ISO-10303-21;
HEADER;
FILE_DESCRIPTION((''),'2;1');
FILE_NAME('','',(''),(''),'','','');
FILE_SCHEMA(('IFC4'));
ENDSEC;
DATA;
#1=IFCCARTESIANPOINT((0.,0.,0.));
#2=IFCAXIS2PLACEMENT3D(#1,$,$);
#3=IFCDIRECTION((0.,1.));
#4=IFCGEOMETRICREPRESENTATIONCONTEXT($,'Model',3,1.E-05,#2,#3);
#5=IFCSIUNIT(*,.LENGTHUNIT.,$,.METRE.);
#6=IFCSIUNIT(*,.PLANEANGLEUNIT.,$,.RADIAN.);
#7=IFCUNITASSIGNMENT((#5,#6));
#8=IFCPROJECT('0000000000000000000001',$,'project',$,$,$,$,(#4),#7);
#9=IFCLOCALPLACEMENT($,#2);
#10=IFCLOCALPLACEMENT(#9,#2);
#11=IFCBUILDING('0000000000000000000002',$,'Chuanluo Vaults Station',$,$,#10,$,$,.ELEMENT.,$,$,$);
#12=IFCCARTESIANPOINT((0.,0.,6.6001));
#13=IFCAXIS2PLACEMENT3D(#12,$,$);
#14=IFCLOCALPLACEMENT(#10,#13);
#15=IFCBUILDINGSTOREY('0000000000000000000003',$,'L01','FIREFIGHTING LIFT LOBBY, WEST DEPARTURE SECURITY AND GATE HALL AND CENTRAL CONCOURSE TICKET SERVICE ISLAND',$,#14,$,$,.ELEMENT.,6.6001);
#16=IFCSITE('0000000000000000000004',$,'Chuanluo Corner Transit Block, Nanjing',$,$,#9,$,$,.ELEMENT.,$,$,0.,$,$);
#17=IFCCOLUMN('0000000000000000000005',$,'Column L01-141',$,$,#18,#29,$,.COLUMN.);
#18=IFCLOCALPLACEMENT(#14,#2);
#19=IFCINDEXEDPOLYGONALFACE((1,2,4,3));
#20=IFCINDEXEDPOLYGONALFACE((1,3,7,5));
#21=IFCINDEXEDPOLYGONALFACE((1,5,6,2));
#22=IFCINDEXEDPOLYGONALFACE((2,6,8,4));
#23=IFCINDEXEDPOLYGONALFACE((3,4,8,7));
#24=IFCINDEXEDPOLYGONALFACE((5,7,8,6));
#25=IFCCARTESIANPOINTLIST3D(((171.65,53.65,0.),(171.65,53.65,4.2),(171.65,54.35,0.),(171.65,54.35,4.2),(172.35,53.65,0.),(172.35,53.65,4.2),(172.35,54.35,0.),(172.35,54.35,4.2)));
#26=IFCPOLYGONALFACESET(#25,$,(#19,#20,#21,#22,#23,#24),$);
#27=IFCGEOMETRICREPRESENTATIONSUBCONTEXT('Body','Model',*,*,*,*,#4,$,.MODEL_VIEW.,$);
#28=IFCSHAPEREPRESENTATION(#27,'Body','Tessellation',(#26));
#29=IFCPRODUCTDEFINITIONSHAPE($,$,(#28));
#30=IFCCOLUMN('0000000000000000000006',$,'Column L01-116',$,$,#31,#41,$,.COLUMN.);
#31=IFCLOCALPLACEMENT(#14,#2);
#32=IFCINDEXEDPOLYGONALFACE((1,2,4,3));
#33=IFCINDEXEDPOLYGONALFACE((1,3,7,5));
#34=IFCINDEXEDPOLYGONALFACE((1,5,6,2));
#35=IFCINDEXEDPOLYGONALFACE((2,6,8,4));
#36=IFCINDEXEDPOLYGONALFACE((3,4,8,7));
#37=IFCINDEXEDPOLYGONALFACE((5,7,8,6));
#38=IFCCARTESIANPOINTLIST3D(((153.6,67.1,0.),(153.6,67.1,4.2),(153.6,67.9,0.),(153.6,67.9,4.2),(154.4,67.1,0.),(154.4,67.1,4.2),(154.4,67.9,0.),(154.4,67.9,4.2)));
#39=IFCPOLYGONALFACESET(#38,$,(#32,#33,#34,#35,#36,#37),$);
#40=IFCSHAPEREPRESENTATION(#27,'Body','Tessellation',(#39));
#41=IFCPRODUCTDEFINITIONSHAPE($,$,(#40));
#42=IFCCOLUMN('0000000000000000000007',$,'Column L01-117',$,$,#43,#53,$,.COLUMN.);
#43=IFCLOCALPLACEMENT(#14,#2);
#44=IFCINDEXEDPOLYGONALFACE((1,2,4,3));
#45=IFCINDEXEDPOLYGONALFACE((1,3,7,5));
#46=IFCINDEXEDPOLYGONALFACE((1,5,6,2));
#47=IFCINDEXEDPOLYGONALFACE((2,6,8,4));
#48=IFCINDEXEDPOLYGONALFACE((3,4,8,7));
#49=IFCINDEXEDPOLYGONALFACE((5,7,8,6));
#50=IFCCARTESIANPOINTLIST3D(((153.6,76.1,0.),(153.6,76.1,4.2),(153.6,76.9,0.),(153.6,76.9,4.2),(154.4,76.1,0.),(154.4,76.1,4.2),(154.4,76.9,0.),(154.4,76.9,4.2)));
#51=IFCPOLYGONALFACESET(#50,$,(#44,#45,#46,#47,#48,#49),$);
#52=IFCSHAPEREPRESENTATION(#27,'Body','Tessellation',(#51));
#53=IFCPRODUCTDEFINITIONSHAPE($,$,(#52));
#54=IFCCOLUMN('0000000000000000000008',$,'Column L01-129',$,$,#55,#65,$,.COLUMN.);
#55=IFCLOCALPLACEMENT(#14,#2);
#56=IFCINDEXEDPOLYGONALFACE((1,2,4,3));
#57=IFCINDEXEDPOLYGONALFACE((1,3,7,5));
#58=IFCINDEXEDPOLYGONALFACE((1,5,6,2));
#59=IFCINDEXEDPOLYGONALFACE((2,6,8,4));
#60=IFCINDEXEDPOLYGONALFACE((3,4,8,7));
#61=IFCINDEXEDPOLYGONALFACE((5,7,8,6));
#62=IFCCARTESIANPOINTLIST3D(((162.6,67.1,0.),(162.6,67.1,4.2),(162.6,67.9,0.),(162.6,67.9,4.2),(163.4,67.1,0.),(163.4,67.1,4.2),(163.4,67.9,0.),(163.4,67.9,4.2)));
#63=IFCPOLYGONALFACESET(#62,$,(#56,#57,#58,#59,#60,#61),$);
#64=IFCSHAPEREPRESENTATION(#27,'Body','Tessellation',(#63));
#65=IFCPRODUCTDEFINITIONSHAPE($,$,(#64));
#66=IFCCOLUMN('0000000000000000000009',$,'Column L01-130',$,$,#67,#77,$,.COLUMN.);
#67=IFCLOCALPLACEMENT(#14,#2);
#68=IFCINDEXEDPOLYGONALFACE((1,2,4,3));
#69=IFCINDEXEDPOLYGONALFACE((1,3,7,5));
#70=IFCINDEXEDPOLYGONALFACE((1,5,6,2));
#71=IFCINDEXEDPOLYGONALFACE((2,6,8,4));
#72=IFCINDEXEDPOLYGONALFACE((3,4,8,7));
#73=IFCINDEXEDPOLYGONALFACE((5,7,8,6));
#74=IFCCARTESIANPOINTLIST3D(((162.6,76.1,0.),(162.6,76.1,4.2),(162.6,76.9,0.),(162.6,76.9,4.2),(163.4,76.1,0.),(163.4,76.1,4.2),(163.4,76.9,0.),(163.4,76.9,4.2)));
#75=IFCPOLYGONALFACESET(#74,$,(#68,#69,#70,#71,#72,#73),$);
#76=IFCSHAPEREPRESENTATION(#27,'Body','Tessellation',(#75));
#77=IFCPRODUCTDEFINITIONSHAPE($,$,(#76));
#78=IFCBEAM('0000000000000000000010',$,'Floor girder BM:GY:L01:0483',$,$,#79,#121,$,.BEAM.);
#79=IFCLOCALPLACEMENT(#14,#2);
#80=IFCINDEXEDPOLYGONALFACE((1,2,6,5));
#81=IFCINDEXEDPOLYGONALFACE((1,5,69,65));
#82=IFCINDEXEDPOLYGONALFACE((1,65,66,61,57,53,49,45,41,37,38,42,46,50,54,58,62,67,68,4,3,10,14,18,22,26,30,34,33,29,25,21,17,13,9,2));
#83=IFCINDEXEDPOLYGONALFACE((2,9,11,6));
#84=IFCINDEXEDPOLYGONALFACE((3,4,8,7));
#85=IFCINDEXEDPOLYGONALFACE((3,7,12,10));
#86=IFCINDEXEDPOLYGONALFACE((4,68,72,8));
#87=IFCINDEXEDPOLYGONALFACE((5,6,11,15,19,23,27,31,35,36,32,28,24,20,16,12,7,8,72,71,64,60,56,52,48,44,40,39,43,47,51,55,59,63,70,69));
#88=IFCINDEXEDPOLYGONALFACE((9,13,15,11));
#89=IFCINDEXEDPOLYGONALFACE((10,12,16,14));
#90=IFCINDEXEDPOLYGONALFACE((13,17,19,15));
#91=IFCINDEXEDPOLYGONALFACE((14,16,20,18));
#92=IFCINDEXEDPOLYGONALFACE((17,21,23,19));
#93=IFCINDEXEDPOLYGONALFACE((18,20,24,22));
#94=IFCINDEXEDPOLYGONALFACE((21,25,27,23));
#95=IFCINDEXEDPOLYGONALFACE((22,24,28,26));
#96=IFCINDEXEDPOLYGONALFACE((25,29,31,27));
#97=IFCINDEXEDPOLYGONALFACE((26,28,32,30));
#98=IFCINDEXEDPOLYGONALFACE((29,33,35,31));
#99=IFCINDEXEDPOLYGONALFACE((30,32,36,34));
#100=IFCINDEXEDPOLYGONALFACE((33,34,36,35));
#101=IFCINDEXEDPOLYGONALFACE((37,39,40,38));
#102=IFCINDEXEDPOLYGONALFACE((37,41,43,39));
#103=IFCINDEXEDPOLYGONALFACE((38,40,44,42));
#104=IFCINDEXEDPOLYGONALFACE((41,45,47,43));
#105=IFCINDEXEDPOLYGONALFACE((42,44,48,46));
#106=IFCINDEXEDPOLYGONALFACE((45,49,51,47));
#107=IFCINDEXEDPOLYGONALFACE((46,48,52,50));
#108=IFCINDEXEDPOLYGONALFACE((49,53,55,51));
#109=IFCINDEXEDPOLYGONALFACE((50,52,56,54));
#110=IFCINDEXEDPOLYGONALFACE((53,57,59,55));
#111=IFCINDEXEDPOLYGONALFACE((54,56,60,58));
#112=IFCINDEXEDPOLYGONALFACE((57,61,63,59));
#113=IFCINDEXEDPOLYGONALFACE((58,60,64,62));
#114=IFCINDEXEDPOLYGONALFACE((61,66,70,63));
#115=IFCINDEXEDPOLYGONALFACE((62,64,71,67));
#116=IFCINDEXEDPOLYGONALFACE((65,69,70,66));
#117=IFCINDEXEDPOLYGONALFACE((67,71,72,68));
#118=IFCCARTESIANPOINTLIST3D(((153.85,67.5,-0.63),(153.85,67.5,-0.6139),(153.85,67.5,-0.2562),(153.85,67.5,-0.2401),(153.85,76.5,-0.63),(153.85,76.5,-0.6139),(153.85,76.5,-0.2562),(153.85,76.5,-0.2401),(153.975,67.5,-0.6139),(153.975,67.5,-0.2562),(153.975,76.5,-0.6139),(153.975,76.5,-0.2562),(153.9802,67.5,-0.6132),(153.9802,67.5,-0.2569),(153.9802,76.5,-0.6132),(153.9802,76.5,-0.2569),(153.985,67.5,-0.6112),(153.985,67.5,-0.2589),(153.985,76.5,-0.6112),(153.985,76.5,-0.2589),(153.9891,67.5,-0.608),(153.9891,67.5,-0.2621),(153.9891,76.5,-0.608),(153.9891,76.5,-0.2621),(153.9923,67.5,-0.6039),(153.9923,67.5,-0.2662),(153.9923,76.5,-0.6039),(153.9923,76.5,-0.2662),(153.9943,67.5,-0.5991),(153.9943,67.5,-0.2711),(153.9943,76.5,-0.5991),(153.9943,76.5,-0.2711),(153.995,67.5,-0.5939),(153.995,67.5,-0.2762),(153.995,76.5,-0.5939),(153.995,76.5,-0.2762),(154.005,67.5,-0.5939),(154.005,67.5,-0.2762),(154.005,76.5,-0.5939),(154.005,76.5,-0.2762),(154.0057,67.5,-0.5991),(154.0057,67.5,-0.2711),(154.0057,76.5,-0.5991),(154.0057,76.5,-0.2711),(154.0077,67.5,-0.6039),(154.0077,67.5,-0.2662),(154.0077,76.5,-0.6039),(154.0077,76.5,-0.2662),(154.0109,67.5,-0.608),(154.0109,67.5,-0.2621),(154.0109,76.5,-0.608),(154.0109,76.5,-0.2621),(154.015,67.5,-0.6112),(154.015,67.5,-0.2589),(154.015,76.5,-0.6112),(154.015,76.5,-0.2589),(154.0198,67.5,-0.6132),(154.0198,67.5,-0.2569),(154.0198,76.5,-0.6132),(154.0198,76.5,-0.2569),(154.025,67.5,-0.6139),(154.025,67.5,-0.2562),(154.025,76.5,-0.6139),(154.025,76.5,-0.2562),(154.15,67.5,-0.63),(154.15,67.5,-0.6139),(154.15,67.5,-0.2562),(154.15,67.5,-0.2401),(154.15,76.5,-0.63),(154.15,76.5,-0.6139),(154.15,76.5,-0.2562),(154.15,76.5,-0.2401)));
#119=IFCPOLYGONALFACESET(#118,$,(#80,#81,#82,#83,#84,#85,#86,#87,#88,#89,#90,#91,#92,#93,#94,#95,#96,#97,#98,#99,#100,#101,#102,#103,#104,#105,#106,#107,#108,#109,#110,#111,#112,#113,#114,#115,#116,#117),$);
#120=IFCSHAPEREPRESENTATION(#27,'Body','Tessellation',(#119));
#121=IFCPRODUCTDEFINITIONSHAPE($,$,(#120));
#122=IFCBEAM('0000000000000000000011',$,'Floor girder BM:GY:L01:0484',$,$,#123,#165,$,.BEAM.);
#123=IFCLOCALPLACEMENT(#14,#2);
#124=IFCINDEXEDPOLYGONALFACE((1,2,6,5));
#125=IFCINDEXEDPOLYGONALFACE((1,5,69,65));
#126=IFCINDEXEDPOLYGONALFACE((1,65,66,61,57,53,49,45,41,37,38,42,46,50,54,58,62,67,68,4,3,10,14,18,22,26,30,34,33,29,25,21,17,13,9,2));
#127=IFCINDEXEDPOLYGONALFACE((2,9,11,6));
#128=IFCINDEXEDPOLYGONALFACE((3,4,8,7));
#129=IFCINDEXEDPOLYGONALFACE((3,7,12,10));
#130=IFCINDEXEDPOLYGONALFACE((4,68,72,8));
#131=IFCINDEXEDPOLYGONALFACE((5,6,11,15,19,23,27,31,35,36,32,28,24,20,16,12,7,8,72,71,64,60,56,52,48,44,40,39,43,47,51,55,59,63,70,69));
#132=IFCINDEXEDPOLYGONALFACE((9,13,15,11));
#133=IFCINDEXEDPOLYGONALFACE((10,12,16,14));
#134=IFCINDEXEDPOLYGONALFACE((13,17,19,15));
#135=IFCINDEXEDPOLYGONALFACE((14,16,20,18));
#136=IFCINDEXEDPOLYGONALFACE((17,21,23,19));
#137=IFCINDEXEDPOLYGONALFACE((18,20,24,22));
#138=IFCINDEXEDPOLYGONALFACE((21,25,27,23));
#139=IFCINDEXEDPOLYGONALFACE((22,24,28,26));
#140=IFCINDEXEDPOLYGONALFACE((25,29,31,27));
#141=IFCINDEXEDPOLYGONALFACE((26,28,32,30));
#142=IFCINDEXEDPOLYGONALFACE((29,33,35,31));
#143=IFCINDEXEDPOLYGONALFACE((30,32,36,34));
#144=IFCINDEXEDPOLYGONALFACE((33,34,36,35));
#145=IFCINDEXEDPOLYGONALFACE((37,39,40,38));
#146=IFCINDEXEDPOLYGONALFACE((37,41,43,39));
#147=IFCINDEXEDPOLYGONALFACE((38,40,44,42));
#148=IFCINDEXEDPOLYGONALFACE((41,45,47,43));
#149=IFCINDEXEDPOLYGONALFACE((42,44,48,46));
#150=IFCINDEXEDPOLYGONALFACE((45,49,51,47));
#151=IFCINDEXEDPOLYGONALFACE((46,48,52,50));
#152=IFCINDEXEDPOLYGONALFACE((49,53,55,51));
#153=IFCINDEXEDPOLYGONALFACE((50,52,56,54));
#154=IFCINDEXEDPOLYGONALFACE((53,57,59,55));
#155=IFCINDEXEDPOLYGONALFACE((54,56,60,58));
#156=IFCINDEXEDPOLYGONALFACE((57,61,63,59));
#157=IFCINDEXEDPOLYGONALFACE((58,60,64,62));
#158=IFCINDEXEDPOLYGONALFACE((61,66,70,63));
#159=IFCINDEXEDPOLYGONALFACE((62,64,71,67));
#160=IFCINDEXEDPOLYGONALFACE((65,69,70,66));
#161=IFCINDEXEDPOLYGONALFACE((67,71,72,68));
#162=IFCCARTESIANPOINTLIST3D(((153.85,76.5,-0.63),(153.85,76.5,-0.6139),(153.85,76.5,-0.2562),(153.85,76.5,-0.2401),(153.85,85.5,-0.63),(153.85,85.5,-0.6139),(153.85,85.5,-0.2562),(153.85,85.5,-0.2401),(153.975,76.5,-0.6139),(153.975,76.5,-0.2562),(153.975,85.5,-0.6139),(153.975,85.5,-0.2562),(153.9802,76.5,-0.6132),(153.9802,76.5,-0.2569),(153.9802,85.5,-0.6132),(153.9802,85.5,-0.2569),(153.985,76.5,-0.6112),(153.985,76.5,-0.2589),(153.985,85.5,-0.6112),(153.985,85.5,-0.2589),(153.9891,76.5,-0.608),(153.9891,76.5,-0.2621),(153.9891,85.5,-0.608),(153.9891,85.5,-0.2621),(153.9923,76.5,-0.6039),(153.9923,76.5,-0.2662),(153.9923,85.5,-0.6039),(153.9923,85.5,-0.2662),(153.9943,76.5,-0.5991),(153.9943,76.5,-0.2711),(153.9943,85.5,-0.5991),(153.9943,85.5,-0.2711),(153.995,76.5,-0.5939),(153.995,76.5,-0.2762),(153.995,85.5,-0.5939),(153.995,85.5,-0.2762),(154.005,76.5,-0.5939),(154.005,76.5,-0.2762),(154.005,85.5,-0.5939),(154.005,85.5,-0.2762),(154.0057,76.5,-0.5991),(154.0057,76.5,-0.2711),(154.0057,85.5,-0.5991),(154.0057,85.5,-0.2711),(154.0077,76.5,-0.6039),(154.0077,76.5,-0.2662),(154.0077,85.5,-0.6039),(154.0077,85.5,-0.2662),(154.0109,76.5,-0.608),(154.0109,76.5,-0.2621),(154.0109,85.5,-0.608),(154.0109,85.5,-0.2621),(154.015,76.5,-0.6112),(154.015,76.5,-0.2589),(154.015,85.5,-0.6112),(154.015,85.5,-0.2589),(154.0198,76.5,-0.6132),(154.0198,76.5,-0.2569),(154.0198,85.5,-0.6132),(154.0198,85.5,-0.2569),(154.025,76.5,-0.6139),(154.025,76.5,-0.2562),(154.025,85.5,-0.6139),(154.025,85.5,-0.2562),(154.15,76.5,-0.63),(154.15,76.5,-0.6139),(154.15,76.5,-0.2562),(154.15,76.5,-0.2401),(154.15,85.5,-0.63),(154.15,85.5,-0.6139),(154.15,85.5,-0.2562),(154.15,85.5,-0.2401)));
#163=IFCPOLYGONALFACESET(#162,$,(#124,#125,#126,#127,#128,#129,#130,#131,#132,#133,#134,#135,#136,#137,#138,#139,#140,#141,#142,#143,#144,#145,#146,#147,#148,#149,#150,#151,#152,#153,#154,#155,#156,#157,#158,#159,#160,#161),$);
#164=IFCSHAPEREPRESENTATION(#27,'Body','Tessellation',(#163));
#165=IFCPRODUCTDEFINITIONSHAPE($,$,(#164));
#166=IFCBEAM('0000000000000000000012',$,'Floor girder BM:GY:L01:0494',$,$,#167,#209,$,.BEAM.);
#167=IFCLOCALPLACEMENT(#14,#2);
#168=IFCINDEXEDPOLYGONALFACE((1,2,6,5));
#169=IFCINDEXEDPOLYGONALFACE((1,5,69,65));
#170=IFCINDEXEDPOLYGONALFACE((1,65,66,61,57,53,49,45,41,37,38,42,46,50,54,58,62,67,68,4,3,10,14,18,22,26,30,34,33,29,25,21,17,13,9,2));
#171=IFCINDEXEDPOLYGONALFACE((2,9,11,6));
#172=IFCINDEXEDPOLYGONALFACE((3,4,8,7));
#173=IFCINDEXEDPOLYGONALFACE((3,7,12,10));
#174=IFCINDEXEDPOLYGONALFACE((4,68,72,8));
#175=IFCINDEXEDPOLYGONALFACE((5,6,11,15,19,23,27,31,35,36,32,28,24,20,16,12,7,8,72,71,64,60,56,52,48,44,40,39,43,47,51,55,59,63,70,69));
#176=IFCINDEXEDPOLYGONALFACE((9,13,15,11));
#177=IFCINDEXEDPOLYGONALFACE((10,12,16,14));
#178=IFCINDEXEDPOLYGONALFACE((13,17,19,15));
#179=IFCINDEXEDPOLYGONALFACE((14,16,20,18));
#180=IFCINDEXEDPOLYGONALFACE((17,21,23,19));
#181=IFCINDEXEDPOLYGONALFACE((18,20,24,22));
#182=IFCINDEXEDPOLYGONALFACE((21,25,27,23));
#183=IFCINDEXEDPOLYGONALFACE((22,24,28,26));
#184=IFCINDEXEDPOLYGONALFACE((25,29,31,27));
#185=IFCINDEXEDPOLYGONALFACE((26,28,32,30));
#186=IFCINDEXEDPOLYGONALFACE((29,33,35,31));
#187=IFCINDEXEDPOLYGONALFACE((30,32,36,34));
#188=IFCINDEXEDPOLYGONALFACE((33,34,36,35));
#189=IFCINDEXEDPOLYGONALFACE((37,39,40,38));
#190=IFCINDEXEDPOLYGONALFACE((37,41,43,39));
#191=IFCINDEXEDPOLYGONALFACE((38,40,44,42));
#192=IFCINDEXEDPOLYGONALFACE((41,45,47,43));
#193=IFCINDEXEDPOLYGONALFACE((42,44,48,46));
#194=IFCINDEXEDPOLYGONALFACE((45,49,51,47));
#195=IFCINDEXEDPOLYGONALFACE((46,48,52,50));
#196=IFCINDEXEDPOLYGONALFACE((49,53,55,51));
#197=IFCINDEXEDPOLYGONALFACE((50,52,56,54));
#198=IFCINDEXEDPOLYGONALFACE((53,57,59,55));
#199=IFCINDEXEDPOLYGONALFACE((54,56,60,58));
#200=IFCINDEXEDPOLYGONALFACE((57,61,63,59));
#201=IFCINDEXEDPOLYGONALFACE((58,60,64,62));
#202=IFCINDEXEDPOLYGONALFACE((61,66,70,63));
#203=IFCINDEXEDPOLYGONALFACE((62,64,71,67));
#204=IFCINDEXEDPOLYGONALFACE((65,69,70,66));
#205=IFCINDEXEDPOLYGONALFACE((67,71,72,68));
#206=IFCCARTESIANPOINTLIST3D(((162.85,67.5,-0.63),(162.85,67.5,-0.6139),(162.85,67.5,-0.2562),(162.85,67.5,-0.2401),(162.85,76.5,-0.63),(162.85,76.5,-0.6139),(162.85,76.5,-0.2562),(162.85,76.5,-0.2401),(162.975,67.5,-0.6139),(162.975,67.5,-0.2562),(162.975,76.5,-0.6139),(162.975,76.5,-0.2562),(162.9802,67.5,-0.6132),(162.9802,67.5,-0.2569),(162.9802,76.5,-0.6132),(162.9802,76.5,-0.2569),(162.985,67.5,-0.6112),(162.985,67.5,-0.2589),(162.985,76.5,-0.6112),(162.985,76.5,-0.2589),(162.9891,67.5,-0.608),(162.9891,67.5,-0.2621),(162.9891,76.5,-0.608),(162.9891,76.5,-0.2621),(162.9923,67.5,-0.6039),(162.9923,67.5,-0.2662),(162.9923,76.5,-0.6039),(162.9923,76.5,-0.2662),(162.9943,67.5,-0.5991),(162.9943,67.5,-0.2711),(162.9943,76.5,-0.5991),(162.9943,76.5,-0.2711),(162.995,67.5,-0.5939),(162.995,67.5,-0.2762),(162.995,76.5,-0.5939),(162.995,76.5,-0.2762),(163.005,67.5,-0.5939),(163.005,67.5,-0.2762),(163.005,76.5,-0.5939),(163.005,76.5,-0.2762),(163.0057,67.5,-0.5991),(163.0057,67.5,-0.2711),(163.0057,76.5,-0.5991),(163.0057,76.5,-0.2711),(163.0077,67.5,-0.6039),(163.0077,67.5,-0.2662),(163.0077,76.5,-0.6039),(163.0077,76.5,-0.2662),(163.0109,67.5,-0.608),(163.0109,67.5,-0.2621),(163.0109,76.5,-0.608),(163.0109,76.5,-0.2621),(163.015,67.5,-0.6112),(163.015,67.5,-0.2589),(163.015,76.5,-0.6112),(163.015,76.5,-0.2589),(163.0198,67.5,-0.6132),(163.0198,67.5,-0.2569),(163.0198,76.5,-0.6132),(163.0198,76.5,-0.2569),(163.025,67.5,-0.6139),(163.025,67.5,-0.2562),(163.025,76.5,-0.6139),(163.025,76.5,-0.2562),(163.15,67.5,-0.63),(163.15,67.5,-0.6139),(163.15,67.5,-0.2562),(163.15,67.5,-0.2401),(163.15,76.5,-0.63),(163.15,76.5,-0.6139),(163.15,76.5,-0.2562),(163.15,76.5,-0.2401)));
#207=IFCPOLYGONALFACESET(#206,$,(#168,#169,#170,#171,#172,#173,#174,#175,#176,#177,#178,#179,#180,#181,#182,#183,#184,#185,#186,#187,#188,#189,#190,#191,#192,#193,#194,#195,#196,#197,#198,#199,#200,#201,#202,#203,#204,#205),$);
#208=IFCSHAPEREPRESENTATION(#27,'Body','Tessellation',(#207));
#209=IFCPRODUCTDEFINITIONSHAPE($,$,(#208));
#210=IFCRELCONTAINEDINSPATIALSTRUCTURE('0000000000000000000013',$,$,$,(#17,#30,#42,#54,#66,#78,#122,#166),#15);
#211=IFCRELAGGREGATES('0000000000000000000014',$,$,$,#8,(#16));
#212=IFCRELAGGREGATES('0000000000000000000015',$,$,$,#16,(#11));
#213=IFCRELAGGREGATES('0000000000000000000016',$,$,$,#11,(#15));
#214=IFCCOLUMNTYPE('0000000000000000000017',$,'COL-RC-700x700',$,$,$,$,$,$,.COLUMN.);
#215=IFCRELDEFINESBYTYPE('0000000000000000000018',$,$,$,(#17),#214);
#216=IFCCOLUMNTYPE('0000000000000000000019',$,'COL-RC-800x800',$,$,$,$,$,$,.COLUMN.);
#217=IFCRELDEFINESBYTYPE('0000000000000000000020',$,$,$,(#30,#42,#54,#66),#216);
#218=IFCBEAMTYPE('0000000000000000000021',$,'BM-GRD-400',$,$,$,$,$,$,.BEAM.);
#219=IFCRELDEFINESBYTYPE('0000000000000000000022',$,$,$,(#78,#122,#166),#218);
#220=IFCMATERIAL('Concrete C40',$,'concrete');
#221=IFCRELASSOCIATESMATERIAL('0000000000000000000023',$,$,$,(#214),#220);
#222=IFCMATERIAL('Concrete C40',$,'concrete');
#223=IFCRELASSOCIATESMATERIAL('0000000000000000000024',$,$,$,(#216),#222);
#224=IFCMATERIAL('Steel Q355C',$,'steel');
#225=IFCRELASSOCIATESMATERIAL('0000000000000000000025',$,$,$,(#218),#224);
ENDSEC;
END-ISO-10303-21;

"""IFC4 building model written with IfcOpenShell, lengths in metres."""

from ifc_helpers import new_model, si_unit, direction, frame, origin, origin_2d, place, context, subcontext, project, spatial, rectangle, i_section, extrude, material, material_profile, profile_set, type_object, element, save


model = new_model("IFC4")

# Units and contexts
model_context = context("Model", 3, precision=1e-05, world=origin(), true_north=direction((0.0, 1.0)))
body_context = subcontext(model_context, "Body", "Model", "MODEL_VIEW")
ifc_project = project(units=[si_unit("LENGTHUNIT", "METRE"), si_unit("PLANEANGLEUNIT", "RADIAN")], contexts=[model_context])

# Site, building, storey
site_placement = place(None, origin())
site = spatial("IfcSite", under=ifc_project, at=site_placement, Name="Chuanluo Corner Transit Block, Nanjing", CompositionType="ELEMENT", RefElevation=0.0)
building_placement = place(site_placement, origin())
building = spatial("IfcBuilding", under=site, at=building_placement, Name="Chuanluo Vaults Station", CompositionType="ELEMENT")
storey_placement = place(building_placement, frame((0.0, 0.0, 6.6001)))
storey = spatial("IfcBuildingStorey", under=building, at=storey_placement, Name="L01", Description="FIREFIGHTING LIFT LOBBY, WEST DEPARTURE SECURITY AND GATE HALL AND CENTRAL CONCOURSE TICKET SERVICE ISLAND", CompositionType="ELEMENT", Elevation=6.6001)

# Columns
ifc_material_1 = material(Name="Concrete C40", Category="concrete")
ifc_material_profile_1 = material_profile(ifc_material_1, rectangle(XDim=0.7, YDim=0.7, at=origin_2d()))
ifc_profile_set_1 = profile_set([ifc_material_profile_1], Name="Concrete C40")
column_type_1 = type_object("IfcColumnType", Name="COL-RC-700x700", PredefinedType="COLUMN", material=ifc_profile_set_1)
column_placement = place(storey_placement, frame((172.0, 54.0, 0.0), z_axis=(0.0, 0.0, 1.0), x_axis=(1.0, 0.0, 0.0)))
element("IfcColumn", 1, at=column_placement, inside=storey, type_object=column_type_1, Name="Column L01-141", PredefinedType="COLUMN", context=body_context, shape_type="SweptSolid", body=[
    extrude(rectangle(XDim=0.7, YDim=0.7, at=origin_2d()), origin(), (0.0, 0.0, 1.0), 4.2),
])
ifc_material_2 = material(Name="Concrete C40", Category="concrete")
ifc_material_profile_2 = material_profile(ifc_material_2, rectangle(XDim=0.8, YDim=0.8, at=origin_2d()))
ifc_profile_set_2 = profile_set([ifc_material_profile_2], Name="Concrete C40")
column_type_2 = type_object("IfcColumnType", Name="COL-RC-800x800", PredefinedType="COLUMN", material=ifc_profile_set_2)
for number, where, z_axis, x_axis, name in (
    (2, (154.0, 67.5, 0.0), (0.0, 0.0, 1.0), (1.0, 0.0, 0.0), "Column L01-116"),
    (3, (154.0, 76.5, 0.0), (0.0, 0.0, 1.0), (1.0, 0.0, 0.0), "Column L01-117"),
    (4, (163.0, 67.5, 0.0), (0.0, 0.0, 1.0), (1.0, 0.0, 0.0), "Column L01-129"),
    (5, (163.0, 76.5, 0.0), (0.0, 0.0, 1.0), (1.0, 0.0, 0.0), "Column L01-130"),
):
    element("IfcColumn", number, at=place(storey_placement, frame(where, z_axis=z_axis, x_axis=x_axis)), inside=storey, type_object=column_type_2, Name=name, PredefinedType="COLUMN", context=body_context, shape_type="SweptSolid", body=[
        extrude(rectangle(XDim=0.8, YDim=0.8, at=origin_2d()), origin(), (0.0, 0.0, 1.0), 4.2),
    ])

# Beams
ifc_material_3 = material(Name="Steel Q355C", Category="steel")
ifc_material_profile_3 = material_profile(ifc_material_3, i_section(OverallWidth=0.3, OverallDepth=0.3899, WebThickness=0.01, FlangeThickness=0.0161, FilletRadius=0.02, at=origin_2d()))
ifc_profile_set_3 = profile_set([ifc_material_profile_3], Name="Steel Q355C")
beam_type_1 = type_object("IfcBeamType", Name="BM-GRD-400", PredefinedType="BEAM", material=ifc_profile_set_3)
for number, where, z_axis, x_axis, name in (
    (6, (154.0, 67.5, -0.4351), (0.0, 1.0, 0.0), (-1.0, 0.0, 0.0), "Floor girder BM:GY:L01:0483"),
    (7, (154.0, 76.5, -0.4351), (0.0, 1.0, 0.0), (-1.0, 0.0, 0.0), "Floor girder BM:GY:L01:0484"),
    (8, (163.0, 67.5, -0.4351), (0.0, 1.0, 0.0), (-1.0, 0.0, 0.0), "Floor girder BM:GY:L01:0494"),
):
    element("IfcBeam", number, at=place(storey_placement, frame(where, z_axis=z_axis, x_axis=x_axis)), inside=storey, type_object=beam_type_1, Name=name, PredefinedType="BEAM", context=body_context, shape_type="SweptSolid", body=[
        extrude(i_section(OverallWidth=0.3, OverallDepth=0.3899, WebThickness=0.01, FlangeThickness=0.0161, FilletRadius=0.02, at=origin_2d()), origin(), (0.0, 0.0, 1.0), 9.0),
    ])

save(model, "model.ifc")
